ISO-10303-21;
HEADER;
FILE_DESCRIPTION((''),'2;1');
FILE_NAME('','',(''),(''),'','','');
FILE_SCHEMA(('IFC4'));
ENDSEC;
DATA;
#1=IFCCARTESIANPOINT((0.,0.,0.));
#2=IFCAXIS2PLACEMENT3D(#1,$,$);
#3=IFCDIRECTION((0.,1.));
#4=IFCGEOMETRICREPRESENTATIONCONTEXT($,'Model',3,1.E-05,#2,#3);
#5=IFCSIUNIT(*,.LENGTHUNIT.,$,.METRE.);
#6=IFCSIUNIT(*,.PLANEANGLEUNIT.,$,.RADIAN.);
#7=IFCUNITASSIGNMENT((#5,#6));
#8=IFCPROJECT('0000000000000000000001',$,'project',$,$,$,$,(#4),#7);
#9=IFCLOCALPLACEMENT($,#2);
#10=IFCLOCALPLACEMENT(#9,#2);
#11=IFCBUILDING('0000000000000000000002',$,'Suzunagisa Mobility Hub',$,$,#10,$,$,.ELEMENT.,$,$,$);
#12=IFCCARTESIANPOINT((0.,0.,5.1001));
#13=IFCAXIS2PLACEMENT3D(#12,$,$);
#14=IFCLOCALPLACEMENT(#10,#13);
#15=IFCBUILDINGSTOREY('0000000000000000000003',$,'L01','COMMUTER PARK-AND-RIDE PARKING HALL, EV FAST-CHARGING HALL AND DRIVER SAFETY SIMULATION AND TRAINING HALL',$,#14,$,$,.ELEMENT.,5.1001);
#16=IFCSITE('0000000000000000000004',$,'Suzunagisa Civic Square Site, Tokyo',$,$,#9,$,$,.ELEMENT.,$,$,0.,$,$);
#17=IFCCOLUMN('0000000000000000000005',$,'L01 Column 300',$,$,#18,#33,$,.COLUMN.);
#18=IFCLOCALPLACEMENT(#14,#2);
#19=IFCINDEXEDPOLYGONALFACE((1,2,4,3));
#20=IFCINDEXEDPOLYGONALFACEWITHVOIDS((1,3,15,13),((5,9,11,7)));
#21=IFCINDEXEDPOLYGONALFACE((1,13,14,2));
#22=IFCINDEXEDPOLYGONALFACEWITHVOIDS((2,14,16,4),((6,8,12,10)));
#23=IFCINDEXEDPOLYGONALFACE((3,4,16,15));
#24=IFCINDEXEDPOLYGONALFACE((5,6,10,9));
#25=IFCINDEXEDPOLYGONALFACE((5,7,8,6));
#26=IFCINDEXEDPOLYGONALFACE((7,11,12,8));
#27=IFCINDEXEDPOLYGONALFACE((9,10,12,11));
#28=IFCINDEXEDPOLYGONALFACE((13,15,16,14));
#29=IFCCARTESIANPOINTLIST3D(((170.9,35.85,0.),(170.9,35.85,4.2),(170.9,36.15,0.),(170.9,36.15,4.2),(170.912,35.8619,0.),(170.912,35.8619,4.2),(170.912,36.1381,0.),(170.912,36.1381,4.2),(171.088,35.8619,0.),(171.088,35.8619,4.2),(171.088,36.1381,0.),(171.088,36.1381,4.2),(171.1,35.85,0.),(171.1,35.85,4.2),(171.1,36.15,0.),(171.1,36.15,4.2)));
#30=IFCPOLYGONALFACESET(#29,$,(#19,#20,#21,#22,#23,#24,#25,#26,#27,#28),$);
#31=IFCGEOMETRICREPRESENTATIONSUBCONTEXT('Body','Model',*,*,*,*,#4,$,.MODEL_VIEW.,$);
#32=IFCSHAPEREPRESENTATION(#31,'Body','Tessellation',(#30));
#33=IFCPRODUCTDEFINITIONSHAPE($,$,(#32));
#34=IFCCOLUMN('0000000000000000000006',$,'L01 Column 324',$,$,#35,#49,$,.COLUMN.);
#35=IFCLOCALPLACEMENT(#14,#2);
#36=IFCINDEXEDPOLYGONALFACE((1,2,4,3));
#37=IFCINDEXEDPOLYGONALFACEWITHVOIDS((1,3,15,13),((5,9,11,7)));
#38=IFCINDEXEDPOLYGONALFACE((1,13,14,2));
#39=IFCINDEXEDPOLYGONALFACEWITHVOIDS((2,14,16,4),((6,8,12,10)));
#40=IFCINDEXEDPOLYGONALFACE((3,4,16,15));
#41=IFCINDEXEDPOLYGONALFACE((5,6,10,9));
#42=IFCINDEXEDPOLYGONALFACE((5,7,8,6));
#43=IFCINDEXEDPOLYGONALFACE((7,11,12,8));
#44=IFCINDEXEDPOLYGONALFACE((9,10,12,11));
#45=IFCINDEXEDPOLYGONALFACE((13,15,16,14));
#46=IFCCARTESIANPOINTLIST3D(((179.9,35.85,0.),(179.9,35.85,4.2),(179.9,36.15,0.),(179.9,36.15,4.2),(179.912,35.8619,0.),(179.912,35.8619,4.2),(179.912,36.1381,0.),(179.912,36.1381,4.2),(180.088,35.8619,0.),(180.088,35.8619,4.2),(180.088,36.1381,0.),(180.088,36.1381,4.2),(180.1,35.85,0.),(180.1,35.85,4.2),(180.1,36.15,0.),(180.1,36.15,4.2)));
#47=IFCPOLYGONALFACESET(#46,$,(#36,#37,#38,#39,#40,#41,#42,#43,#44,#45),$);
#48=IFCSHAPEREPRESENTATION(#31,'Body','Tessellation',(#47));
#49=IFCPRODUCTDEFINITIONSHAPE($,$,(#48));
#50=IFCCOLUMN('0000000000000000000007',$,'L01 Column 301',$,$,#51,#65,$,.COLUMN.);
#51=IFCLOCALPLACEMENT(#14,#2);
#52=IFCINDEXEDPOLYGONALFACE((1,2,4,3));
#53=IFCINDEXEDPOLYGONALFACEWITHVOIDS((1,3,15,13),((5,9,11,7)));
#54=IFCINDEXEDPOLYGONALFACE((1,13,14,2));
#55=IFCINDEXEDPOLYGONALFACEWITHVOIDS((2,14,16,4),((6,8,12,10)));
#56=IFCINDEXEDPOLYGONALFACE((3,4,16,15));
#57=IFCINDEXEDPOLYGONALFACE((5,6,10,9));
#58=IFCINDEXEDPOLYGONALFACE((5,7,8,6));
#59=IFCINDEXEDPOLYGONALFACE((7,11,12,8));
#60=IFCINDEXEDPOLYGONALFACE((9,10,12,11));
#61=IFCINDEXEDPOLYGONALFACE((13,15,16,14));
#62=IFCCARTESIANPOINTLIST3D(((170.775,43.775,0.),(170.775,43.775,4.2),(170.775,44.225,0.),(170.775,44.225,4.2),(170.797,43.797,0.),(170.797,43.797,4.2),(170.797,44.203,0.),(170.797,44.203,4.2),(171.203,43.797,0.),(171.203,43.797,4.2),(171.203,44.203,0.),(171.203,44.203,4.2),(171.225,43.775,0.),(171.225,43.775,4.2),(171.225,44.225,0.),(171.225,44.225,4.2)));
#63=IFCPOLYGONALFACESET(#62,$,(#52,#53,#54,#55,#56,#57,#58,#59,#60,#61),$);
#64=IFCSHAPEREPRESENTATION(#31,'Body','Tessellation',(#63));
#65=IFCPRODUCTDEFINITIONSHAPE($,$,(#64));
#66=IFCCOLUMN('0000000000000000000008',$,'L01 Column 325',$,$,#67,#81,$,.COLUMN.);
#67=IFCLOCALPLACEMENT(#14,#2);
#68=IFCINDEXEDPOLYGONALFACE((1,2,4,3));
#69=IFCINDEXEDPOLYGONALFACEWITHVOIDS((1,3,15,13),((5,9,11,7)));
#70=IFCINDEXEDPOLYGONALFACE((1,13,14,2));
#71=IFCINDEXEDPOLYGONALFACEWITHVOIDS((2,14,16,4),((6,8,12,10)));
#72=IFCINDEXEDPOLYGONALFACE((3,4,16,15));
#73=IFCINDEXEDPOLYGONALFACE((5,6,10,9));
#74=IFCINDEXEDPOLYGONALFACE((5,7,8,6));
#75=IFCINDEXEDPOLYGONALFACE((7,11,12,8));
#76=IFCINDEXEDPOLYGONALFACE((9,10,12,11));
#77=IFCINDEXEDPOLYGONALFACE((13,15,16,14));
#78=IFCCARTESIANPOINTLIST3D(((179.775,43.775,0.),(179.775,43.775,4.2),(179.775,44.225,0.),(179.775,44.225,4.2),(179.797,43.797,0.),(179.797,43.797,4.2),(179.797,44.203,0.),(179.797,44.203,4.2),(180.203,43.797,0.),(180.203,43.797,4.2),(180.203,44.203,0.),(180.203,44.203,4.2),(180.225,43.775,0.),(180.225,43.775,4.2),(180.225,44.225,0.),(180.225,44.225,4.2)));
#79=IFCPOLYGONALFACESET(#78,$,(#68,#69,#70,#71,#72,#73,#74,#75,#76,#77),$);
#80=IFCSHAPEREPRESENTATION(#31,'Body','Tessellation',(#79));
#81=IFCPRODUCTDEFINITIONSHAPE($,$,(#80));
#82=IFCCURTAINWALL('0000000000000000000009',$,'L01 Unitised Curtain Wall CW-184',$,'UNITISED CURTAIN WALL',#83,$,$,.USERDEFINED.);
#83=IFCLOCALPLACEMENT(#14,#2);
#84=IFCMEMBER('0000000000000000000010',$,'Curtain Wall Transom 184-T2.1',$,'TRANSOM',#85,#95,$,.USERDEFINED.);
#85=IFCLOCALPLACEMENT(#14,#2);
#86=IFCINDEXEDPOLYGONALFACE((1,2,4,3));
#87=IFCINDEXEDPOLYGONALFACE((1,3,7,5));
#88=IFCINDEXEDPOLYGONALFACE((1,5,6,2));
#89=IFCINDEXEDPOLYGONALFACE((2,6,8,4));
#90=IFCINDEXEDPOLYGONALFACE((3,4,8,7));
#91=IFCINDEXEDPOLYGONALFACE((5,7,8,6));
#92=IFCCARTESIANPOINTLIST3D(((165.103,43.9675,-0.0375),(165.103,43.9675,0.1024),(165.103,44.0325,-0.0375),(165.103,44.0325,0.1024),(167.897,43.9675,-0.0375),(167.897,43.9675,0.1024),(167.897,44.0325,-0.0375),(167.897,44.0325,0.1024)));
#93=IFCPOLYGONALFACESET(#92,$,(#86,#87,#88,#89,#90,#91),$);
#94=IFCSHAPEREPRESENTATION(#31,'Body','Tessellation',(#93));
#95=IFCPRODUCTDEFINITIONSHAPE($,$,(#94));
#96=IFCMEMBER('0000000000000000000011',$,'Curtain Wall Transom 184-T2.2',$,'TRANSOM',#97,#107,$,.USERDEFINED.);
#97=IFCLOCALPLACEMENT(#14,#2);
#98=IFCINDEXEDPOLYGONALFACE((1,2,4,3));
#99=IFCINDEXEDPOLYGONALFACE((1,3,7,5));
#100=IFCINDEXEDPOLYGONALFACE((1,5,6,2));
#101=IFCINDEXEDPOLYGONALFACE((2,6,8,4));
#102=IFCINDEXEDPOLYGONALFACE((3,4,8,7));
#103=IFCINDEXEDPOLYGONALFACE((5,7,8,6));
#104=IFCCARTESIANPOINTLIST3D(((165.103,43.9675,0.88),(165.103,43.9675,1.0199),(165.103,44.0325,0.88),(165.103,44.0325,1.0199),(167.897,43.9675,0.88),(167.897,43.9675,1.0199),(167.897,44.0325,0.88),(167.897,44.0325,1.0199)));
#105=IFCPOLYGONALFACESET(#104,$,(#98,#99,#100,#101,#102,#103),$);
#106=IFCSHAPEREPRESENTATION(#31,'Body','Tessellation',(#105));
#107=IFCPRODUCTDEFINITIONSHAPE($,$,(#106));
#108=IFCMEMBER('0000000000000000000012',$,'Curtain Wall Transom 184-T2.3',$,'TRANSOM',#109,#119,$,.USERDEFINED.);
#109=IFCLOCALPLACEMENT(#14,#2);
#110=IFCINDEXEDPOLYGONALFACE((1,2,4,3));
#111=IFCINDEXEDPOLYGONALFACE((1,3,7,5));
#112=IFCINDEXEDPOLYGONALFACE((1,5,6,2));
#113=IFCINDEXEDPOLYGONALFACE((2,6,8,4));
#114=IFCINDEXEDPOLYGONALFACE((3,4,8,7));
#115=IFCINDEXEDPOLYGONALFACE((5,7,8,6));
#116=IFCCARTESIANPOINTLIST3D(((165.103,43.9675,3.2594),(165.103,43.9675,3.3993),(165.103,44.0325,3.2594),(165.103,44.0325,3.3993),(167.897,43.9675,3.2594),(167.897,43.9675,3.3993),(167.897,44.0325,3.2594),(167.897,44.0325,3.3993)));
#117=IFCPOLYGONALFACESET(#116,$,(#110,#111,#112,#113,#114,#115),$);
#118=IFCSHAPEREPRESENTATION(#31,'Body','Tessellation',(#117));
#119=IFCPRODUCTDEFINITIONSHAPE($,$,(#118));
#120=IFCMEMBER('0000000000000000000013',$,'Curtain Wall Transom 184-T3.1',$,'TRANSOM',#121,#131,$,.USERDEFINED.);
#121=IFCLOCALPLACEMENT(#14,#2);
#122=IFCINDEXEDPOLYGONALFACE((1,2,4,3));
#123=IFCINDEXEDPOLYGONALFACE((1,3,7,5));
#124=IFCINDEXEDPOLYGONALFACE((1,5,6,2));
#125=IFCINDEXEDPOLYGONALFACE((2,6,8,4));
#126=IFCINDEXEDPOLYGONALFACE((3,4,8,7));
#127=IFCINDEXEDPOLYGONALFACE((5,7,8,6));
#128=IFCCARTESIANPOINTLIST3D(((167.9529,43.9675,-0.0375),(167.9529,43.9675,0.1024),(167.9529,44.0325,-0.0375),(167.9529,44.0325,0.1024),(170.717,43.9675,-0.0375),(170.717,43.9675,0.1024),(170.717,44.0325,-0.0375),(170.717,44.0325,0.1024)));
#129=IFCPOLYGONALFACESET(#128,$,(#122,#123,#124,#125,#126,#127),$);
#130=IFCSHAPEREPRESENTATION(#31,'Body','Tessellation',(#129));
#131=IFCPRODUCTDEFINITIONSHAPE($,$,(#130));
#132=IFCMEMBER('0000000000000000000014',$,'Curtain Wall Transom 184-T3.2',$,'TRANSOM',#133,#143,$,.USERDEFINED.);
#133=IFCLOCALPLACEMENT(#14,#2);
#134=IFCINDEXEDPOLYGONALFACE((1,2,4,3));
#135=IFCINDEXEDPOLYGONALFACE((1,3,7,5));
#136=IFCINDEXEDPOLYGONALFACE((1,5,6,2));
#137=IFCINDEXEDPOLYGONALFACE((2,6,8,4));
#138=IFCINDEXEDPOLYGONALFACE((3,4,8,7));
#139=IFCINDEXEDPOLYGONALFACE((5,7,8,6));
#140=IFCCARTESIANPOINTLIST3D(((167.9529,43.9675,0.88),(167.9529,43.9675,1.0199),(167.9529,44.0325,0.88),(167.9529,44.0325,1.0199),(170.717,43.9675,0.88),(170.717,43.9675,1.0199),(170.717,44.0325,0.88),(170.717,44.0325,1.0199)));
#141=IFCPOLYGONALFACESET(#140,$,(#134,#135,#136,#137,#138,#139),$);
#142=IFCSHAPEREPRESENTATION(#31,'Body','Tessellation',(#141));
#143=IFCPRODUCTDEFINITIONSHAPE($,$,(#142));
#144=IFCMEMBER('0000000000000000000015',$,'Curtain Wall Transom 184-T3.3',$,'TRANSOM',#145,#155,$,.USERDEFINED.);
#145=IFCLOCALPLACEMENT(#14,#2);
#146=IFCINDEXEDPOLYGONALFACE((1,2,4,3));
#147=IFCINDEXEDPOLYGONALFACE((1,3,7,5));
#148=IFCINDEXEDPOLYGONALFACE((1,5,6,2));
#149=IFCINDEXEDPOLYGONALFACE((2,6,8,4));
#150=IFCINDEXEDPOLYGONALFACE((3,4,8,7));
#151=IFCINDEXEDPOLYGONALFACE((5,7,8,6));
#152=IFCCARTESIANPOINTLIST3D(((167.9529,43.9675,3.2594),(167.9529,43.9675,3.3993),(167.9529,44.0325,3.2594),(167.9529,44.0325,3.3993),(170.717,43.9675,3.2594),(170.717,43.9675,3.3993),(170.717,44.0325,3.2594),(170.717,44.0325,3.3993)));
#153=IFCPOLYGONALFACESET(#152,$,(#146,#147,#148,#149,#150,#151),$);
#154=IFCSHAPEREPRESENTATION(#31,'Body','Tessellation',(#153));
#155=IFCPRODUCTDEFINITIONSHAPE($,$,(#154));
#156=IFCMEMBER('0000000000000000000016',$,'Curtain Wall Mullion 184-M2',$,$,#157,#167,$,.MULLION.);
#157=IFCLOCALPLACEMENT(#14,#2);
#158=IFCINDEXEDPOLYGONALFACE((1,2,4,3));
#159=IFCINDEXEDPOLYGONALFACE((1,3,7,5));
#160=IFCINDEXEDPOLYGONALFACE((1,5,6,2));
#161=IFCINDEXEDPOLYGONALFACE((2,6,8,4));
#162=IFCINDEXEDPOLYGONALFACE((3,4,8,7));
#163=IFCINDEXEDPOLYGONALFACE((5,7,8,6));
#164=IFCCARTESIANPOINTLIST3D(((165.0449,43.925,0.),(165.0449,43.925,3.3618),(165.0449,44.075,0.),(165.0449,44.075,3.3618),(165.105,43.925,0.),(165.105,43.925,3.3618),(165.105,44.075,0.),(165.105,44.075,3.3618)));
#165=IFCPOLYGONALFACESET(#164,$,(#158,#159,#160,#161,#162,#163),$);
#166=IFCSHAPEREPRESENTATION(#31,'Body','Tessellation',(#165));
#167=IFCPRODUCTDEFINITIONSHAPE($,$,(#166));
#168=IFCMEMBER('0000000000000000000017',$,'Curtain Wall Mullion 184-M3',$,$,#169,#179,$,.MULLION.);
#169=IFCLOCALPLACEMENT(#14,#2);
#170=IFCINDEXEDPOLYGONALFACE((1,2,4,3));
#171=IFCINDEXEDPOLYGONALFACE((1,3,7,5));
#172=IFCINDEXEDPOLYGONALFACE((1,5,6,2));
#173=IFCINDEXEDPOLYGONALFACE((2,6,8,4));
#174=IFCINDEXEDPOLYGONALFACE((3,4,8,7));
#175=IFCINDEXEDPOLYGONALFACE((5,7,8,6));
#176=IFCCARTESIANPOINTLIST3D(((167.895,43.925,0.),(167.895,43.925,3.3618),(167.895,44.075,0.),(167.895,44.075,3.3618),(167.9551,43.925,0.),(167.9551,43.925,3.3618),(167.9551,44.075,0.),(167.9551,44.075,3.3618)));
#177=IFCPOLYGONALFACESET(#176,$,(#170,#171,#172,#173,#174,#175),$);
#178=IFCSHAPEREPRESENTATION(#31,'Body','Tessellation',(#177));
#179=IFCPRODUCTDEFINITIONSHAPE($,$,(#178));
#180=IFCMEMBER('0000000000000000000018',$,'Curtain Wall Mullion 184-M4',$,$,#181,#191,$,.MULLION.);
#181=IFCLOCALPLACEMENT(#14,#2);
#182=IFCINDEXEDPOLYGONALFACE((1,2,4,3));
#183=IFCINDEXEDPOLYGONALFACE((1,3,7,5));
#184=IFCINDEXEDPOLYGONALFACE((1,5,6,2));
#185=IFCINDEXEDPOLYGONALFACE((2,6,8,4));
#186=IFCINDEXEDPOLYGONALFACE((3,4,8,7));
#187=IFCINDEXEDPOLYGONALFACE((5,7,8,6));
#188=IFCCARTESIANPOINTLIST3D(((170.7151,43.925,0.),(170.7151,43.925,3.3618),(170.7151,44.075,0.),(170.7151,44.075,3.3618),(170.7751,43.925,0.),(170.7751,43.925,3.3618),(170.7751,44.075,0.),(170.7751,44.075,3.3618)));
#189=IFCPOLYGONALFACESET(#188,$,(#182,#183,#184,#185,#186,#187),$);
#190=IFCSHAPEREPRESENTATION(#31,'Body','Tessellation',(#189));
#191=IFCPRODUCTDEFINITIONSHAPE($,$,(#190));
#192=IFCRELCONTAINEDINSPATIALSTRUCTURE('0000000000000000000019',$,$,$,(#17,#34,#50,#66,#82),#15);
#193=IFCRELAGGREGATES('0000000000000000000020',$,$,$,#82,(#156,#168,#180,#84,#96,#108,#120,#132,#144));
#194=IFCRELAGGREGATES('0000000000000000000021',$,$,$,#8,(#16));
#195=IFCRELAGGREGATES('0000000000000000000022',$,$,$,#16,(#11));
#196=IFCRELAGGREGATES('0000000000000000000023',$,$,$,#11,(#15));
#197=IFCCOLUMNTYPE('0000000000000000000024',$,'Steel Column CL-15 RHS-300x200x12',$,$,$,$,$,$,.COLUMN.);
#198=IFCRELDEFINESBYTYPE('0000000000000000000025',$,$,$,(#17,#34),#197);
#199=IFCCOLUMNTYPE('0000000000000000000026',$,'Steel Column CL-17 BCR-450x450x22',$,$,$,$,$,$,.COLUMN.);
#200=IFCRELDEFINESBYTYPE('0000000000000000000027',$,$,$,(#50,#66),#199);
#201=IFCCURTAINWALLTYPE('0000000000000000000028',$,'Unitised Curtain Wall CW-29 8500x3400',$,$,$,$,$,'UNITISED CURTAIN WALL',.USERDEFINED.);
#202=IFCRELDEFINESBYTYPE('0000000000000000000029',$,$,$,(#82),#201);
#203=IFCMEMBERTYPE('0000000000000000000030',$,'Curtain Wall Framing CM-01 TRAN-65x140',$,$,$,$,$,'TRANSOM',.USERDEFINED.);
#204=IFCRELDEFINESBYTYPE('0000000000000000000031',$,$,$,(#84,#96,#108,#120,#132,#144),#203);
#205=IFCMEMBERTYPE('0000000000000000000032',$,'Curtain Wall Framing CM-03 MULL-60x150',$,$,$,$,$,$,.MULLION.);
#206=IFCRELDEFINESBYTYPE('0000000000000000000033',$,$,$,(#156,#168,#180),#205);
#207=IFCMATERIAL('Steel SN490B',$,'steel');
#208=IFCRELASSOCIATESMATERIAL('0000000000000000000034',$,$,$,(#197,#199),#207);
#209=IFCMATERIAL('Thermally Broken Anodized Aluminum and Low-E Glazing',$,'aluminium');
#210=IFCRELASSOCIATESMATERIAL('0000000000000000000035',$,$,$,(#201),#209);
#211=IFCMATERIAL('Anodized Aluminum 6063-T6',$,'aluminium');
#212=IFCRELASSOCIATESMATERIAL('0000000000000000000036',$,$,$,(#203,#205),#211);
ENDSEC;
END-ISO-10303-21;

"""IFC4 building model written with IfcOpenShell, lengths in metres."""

from ifc_helpers import new_model, si_unit, direction, frame, origin, origin_2d, place, context, subcontext, project, spatial, rectangle, hollow_rectangle, extrude, material, material_profile, profile_set, type_object, element, aggregate, save


model = new_model("IFC4")

# Units and contexts
model_context = context("Model", 3, precision=1e-05, world=origin(), true_north=direction((0.0, 1.0)))
body_context = subcontext(model_context, "Body", "Model", "MODEL_VIEW")
ifc_project = project(units=[si_unit("LENGTHUNIT", "METRE"), si_unit("PLANEANGLEUNIT", "RADIAN")], contexts=[model_context])

# Site, building, storey
site_placement = place(None, origin())
site = spatial("IfcSite", under=ifc_project, at=site_placement, Name="Suzunagisa Civic Square Site, Tokyo", CompositionType="ELEMENT", RefElevation=0.0)
building_placement = place(site_placement, origin())
building = spatial("IfcBuilding", under=site, at=building_placement, Name="Suzunagisa Mobility Hub", CompositionType="ELEMENT")
storey_placement = place(building_placement, frame((0.0, 0.0, 5.1001)))
storey = spatial("IfcBuildingStorey", under=building, at=storey_placement, Name="L01", Description="COMMUTER PARK-AND-RIDE PARKING HALL, EV FAST-CHARGING HALL AND DRIVER SAFETY SIMULATION AND TRAINING HALL", CompositionType="ELEMENT", Elevation=5.1001)

# Columns
ifc_material_1 = material(Name="Steel SN490B", Category="steel")
ifc_material_profile_1 = material_profile(ifc_material_1, hollow_rectangle(XDim=0.2, YDim=0.3, WallThickness=0.012, at=origin_2d()), Name="RHS-300x200x12")
ifc_profile_set_1 = profile_set([ifc_material_profile_1], Name="Steel SN490B")
column_type_1 = type_object("IfcColumnType", Name="Steel Column CL-15 RHS-300x200x12", PredefinedType="COLUMN", material=ifc_profile_set_1)
for number, where, z_axis, x_axis, name in (
    (1, (171.0, 36.0, 0.0), (0.0, 0.0, 1.0), (1.0, 0.0, 0.0), "L01 Column 300"),
    (2, (180.0, 36.0, 0.0), (0.0, 0.0, 1.0), (1.0, 0.0, 0.0), "L01 Column 324"),
):
    element("IfcColumn", number, at=place(storey_placement, frame(where, z_axis=z_axis, x_axis=x_axis)), inside=storey, type_object=column_type_1, Name=name, PredefinedType="COLUMN", context=body_context, shape_type="SweptSolid", body=[
        extrude(hollow_rectangle(XDim=0.2, YDim=0.3, WallThickness=0.012, at=origin_2d()), origin(), (0.0, 0.0, 1.0), 4.2),
    ])
ifc_material_profile_2 = material_profile(ifc_material_1, hollow_rectangle(XDim=0.45, YDim=0.45, WallThickness=0.022, at=origin_2d()), Name="BCR-450x450x22")
ifc_profile_set_2 = profile_set([ifc_material_profile_2], Name="Steel SN490B")
column_type_2 = type_object("IfcColumnType", Name="Steel Column CL-17 BCR-450x450x22", PredefinedType="COLUMN", material=ifc_profile_set_2)
for number, where, z_axis, x_axis, name in (
    (3, (171.0, 44.0, 0.0), (0.0, 0.0, 1.0), (1.0, 0.0, 0.0), "L01 Column 301"),
    (4, (180.0, 44.0, 0.0), (0.0, 0.0, 1.0), (1.0, 0.0, 0.0), "L01 Column 325"),
):
    element("IfcColumn", number, at=place(storey_placement, frame(where, z_axis=z_axis, x_axis=x_axis)), inside=storey, type_object=column_type_2, Name=name, PredefinedType="COLUMN", context=body_context, shape_type="SweptSolid", body=[
        extrude(hollow_rectangle(XDim=0.45, YDim=0.45, WallThickness=0.022, at=origin_2d()), origin(), (0.0, 0.0, 1.0), 4.2),
    ])

# Curtain wall, members
ifc_material_2 = material(Name="Thermally Broken Anodized Aluminum and Low-E Glazing", Category="aluminium")
curtain_wall_type = type_object("IfcCurtainWallType", Name="Unitised Curtain Wall CW-29 8500x3400", ElementType="UNITISED CURTAIN WALL", PredefinedType="USERDEFINED", material=ifc_material_2)
curtain_wall_placement = place(storey_placement, origin())
curtain_wall = element("IfcCurtainWall", 5, at=curtain_wall_placement, inside=storey, type_object=curtain_wall_type, Name="L01 Unitised Curtain Wall CW-184", ObjectType="UNITISED CURTAIN WALL", PredefinedType="USERDEFINED")
ifc_material_3 = material(Name="Anodized Aluminum 6063-T6", Category="aluminium")
ifc_material_profile_3 = material_profile(ifc_material_3, rectangle(XDim=0.0649, YDim=0.1399, at=origin_2d()), Name="TRAN-65x140")
ifc_profile_set_3 = profile_set([ifc_material_profile_3], Name="Anodized Aluminum 6063-T6")
member_type_1 = type_object("IfcMemberType", Name="Curtain Wall Framing CM-01 TRAN-65x140", ElementType="TRANSOM", PredefinedType="USERDEFINED", material=ifc_profile_set_3)
member_1_placement = place(storey_placement, frame((165.103, 44.0, 0.0325), z_axis=(1.0, 0.0, 0.0), x_axis=(0.0, 1.0, 0.0)))
member_1 = element("IfcMember", 6, at=member_1_placement, type_object=member_type_1, Name="Curtain Wall Transom 184-T2.1", ObjectType="TRANSOM", PredefinedType="USERDEFINED", context=body_context, shape_type="SweptSolid", body=[
    extrude(rectangle(XDim=0.0649, YDim=0.1399, at=origin_2d()), origin(), (0.0, 0.0, 1.0), 2.7939),
])
member_2_placement = place(storey_placement, frame((165.103, 44.0, 0.95), z_axis=(1.0, 0.0, 0.0), x_axis=(0.0, 1.0, 0.0)))
member_2 = element("IfcMember", 7, at=member_2_placement, type_object=member_type_1, Name="Curtain Wall Transom 184-T2.2", ObjectType="TRANSOM", PredefinedType="USERDEFINED", context=body_context, shape_type="SweptSolid", body=[
    extrude(rectangle(XDim=0.0649, YDim=0.1399, at=origin_2d()), origin(), (0.0, 0.0, 1.0), 2.7939),
])
member_3_placement = place(storey_placement, frame((165.103, 44.0, 3.3293), z_axis=(1.0, 0.0, 0.0), x_axis=(0.0, 1.0, 0.0)))
member_3 = element("IfcMember", 8, at=member_3_placement, type_object=member_type_1, Name="Curtain Wall Transom 184-T2.3", ObjectType="TRANSOM", PredefinedType="USERDEFINED", context=body_context, shape_type="SweptSolid", body=[
    extrude(rectangle(XDim=0.0649, YDim=0.1399, at=origin_2d()), origin(), (0.0, 0.0, 1.0), 2.7939),
])
member_4_placement = place(storey_placement, frame((167.9529, 44.0, 0.0325), z_axis=(1.0, 0.0, 0.0), x_axis=(0.0, 1.0, 0.0)))
member_4 = element("IfcMember", 9, at=member_4_placement, type_object=member_type_1, Name="Curtain Wall Transom 184-T3.1", ObjectType="TRANSOM", PredefinedType="USERDEFINED", context=body_context, shape_type="SweptSolid", body=[
    extrude(rectangle(XDim=0.0649, YDim=0.1399, at=origin_2d()), origin(), (0.0, 0.0, 1.0), 2.7642),
])
member_5_placement = place(storey_placement, frame((167.9529, 44.0, 0.95), z_axis=(1.0, 0.0, 0.0), x_axis=(0.0, 1.0, 0.0)))
member_5 = element("IfcMember", 10, at=member_5_placement, type_object=member_type_1, Name="Curtain Wall Transom 184-T3.2", ObjectType="TRANSOM", PredefinedType="USERDEFINED", context=body_context, shape_type="SweptSolid", body=[
    extrude(rectangle(XDim=0.0649, YDim=0.1399, at=origin_2d()), origin(), (0.0, 0.0, 1.0), 2.7642),
])
member_6_placement = place(storey_placement, frame((167.9529, 44.0, 3.3293), z_axis=(1.0, 0.0, 0.0), x_axis=(0.0, 1.0, 0.0)))
member_6 = element("IfcMember", 11, at=member_6_placement, type_object=member_type_1, Name="Curtain Wall Transom 184-T3.3", ObjectType="TRANSOM", PredefinedType="USERDEFINED", context=body_context, shape_type="SweptSolid", body=[
    extrude(rectangle(XDim=0.0649, YDim=0.1399, at=origin_2d()), origin(), (0.0, 0.0, 1.0), 2.7642),
])
ifc_material_profile_4 = material_profile(ifc_material_3, rectangle(XDim=0.0601, YDim=0.1499, at=origin_2d()), Name="MULL-60x150")
ifc_profile_set_4 = profile_set([ifc_material_profile_4], Name="Anodized Aluminum 6063-T6")
member_type_2 = type_object("IfcMemberType", Name="Curtain Wall Framing CM-03 MULL-60x150", PredefinedType="MULLION", material=ifc_profile_set_4)
member_7_placement = place(storey_placement, frame((165.075, 44.0, 0.0), z_axis=(0.0, 0.0, 1.0), x_axis=(1.0, 0.0, 0.0)))
member_7 = element("IfcMember", 12, at=member_7_placement, type_object=member_type_2, Name="Curtain Wall Mullion 184-M2", PredefinedType="MULLION", context=body_context, shape_type="SweptSolid", body=[
    extrude(rectangle(XDim=0.0601, YDim=0.1499, at=origin_2d()), origin(), (0.0, 0.0, 1.0), 3.3618),
])
member_8_placement = place(storey_placement, frame((167.925, 44.0, 0.0), z_axis=(0.0, 0.0, 1.0), x_axis=(1.0, 0.0, 0.0)))
member_8 = element("IfcMember", 13, at=member_8_placement, type_object=member_type_2, Name="Curtain Wall Mullion 184-M3", PredefinedType="MULLION", context=body_context, shape_type="SweptSolid", body=[
    extrude(rectangle(XDim=0.0601, YDim=0.1499, at=origin_2d()), origin(), (0.0, 0.0, 1.0), 3.3618),
])
member_9_placement = place(storey_placement, frame((170.7451, 44.0, 0.0), z_axis=(0.0, 0.0, 1.0), x_axis=(1.0, 0.0, 0.0)))
member_9 = element("IfcMember", 14, at=member_9_placement, type_object=member_type_2, Name="Curtain Wall Mullion 184-M4", PredefinedType="MULLION", context=body_context, shape_type="SweptSolid", body=[
    extrude(rectangle(XDim=0.0601, YDim=0.1499, at=origin_2d()), origin(), (0.0, 0.0, 1.0), 3.3618),
])

aggregate(curtain_wall, [member_7, member_8, member_9, member_1, member_2, member_3, member_4, member_5, member_6])

save(model, "model.ifc")
